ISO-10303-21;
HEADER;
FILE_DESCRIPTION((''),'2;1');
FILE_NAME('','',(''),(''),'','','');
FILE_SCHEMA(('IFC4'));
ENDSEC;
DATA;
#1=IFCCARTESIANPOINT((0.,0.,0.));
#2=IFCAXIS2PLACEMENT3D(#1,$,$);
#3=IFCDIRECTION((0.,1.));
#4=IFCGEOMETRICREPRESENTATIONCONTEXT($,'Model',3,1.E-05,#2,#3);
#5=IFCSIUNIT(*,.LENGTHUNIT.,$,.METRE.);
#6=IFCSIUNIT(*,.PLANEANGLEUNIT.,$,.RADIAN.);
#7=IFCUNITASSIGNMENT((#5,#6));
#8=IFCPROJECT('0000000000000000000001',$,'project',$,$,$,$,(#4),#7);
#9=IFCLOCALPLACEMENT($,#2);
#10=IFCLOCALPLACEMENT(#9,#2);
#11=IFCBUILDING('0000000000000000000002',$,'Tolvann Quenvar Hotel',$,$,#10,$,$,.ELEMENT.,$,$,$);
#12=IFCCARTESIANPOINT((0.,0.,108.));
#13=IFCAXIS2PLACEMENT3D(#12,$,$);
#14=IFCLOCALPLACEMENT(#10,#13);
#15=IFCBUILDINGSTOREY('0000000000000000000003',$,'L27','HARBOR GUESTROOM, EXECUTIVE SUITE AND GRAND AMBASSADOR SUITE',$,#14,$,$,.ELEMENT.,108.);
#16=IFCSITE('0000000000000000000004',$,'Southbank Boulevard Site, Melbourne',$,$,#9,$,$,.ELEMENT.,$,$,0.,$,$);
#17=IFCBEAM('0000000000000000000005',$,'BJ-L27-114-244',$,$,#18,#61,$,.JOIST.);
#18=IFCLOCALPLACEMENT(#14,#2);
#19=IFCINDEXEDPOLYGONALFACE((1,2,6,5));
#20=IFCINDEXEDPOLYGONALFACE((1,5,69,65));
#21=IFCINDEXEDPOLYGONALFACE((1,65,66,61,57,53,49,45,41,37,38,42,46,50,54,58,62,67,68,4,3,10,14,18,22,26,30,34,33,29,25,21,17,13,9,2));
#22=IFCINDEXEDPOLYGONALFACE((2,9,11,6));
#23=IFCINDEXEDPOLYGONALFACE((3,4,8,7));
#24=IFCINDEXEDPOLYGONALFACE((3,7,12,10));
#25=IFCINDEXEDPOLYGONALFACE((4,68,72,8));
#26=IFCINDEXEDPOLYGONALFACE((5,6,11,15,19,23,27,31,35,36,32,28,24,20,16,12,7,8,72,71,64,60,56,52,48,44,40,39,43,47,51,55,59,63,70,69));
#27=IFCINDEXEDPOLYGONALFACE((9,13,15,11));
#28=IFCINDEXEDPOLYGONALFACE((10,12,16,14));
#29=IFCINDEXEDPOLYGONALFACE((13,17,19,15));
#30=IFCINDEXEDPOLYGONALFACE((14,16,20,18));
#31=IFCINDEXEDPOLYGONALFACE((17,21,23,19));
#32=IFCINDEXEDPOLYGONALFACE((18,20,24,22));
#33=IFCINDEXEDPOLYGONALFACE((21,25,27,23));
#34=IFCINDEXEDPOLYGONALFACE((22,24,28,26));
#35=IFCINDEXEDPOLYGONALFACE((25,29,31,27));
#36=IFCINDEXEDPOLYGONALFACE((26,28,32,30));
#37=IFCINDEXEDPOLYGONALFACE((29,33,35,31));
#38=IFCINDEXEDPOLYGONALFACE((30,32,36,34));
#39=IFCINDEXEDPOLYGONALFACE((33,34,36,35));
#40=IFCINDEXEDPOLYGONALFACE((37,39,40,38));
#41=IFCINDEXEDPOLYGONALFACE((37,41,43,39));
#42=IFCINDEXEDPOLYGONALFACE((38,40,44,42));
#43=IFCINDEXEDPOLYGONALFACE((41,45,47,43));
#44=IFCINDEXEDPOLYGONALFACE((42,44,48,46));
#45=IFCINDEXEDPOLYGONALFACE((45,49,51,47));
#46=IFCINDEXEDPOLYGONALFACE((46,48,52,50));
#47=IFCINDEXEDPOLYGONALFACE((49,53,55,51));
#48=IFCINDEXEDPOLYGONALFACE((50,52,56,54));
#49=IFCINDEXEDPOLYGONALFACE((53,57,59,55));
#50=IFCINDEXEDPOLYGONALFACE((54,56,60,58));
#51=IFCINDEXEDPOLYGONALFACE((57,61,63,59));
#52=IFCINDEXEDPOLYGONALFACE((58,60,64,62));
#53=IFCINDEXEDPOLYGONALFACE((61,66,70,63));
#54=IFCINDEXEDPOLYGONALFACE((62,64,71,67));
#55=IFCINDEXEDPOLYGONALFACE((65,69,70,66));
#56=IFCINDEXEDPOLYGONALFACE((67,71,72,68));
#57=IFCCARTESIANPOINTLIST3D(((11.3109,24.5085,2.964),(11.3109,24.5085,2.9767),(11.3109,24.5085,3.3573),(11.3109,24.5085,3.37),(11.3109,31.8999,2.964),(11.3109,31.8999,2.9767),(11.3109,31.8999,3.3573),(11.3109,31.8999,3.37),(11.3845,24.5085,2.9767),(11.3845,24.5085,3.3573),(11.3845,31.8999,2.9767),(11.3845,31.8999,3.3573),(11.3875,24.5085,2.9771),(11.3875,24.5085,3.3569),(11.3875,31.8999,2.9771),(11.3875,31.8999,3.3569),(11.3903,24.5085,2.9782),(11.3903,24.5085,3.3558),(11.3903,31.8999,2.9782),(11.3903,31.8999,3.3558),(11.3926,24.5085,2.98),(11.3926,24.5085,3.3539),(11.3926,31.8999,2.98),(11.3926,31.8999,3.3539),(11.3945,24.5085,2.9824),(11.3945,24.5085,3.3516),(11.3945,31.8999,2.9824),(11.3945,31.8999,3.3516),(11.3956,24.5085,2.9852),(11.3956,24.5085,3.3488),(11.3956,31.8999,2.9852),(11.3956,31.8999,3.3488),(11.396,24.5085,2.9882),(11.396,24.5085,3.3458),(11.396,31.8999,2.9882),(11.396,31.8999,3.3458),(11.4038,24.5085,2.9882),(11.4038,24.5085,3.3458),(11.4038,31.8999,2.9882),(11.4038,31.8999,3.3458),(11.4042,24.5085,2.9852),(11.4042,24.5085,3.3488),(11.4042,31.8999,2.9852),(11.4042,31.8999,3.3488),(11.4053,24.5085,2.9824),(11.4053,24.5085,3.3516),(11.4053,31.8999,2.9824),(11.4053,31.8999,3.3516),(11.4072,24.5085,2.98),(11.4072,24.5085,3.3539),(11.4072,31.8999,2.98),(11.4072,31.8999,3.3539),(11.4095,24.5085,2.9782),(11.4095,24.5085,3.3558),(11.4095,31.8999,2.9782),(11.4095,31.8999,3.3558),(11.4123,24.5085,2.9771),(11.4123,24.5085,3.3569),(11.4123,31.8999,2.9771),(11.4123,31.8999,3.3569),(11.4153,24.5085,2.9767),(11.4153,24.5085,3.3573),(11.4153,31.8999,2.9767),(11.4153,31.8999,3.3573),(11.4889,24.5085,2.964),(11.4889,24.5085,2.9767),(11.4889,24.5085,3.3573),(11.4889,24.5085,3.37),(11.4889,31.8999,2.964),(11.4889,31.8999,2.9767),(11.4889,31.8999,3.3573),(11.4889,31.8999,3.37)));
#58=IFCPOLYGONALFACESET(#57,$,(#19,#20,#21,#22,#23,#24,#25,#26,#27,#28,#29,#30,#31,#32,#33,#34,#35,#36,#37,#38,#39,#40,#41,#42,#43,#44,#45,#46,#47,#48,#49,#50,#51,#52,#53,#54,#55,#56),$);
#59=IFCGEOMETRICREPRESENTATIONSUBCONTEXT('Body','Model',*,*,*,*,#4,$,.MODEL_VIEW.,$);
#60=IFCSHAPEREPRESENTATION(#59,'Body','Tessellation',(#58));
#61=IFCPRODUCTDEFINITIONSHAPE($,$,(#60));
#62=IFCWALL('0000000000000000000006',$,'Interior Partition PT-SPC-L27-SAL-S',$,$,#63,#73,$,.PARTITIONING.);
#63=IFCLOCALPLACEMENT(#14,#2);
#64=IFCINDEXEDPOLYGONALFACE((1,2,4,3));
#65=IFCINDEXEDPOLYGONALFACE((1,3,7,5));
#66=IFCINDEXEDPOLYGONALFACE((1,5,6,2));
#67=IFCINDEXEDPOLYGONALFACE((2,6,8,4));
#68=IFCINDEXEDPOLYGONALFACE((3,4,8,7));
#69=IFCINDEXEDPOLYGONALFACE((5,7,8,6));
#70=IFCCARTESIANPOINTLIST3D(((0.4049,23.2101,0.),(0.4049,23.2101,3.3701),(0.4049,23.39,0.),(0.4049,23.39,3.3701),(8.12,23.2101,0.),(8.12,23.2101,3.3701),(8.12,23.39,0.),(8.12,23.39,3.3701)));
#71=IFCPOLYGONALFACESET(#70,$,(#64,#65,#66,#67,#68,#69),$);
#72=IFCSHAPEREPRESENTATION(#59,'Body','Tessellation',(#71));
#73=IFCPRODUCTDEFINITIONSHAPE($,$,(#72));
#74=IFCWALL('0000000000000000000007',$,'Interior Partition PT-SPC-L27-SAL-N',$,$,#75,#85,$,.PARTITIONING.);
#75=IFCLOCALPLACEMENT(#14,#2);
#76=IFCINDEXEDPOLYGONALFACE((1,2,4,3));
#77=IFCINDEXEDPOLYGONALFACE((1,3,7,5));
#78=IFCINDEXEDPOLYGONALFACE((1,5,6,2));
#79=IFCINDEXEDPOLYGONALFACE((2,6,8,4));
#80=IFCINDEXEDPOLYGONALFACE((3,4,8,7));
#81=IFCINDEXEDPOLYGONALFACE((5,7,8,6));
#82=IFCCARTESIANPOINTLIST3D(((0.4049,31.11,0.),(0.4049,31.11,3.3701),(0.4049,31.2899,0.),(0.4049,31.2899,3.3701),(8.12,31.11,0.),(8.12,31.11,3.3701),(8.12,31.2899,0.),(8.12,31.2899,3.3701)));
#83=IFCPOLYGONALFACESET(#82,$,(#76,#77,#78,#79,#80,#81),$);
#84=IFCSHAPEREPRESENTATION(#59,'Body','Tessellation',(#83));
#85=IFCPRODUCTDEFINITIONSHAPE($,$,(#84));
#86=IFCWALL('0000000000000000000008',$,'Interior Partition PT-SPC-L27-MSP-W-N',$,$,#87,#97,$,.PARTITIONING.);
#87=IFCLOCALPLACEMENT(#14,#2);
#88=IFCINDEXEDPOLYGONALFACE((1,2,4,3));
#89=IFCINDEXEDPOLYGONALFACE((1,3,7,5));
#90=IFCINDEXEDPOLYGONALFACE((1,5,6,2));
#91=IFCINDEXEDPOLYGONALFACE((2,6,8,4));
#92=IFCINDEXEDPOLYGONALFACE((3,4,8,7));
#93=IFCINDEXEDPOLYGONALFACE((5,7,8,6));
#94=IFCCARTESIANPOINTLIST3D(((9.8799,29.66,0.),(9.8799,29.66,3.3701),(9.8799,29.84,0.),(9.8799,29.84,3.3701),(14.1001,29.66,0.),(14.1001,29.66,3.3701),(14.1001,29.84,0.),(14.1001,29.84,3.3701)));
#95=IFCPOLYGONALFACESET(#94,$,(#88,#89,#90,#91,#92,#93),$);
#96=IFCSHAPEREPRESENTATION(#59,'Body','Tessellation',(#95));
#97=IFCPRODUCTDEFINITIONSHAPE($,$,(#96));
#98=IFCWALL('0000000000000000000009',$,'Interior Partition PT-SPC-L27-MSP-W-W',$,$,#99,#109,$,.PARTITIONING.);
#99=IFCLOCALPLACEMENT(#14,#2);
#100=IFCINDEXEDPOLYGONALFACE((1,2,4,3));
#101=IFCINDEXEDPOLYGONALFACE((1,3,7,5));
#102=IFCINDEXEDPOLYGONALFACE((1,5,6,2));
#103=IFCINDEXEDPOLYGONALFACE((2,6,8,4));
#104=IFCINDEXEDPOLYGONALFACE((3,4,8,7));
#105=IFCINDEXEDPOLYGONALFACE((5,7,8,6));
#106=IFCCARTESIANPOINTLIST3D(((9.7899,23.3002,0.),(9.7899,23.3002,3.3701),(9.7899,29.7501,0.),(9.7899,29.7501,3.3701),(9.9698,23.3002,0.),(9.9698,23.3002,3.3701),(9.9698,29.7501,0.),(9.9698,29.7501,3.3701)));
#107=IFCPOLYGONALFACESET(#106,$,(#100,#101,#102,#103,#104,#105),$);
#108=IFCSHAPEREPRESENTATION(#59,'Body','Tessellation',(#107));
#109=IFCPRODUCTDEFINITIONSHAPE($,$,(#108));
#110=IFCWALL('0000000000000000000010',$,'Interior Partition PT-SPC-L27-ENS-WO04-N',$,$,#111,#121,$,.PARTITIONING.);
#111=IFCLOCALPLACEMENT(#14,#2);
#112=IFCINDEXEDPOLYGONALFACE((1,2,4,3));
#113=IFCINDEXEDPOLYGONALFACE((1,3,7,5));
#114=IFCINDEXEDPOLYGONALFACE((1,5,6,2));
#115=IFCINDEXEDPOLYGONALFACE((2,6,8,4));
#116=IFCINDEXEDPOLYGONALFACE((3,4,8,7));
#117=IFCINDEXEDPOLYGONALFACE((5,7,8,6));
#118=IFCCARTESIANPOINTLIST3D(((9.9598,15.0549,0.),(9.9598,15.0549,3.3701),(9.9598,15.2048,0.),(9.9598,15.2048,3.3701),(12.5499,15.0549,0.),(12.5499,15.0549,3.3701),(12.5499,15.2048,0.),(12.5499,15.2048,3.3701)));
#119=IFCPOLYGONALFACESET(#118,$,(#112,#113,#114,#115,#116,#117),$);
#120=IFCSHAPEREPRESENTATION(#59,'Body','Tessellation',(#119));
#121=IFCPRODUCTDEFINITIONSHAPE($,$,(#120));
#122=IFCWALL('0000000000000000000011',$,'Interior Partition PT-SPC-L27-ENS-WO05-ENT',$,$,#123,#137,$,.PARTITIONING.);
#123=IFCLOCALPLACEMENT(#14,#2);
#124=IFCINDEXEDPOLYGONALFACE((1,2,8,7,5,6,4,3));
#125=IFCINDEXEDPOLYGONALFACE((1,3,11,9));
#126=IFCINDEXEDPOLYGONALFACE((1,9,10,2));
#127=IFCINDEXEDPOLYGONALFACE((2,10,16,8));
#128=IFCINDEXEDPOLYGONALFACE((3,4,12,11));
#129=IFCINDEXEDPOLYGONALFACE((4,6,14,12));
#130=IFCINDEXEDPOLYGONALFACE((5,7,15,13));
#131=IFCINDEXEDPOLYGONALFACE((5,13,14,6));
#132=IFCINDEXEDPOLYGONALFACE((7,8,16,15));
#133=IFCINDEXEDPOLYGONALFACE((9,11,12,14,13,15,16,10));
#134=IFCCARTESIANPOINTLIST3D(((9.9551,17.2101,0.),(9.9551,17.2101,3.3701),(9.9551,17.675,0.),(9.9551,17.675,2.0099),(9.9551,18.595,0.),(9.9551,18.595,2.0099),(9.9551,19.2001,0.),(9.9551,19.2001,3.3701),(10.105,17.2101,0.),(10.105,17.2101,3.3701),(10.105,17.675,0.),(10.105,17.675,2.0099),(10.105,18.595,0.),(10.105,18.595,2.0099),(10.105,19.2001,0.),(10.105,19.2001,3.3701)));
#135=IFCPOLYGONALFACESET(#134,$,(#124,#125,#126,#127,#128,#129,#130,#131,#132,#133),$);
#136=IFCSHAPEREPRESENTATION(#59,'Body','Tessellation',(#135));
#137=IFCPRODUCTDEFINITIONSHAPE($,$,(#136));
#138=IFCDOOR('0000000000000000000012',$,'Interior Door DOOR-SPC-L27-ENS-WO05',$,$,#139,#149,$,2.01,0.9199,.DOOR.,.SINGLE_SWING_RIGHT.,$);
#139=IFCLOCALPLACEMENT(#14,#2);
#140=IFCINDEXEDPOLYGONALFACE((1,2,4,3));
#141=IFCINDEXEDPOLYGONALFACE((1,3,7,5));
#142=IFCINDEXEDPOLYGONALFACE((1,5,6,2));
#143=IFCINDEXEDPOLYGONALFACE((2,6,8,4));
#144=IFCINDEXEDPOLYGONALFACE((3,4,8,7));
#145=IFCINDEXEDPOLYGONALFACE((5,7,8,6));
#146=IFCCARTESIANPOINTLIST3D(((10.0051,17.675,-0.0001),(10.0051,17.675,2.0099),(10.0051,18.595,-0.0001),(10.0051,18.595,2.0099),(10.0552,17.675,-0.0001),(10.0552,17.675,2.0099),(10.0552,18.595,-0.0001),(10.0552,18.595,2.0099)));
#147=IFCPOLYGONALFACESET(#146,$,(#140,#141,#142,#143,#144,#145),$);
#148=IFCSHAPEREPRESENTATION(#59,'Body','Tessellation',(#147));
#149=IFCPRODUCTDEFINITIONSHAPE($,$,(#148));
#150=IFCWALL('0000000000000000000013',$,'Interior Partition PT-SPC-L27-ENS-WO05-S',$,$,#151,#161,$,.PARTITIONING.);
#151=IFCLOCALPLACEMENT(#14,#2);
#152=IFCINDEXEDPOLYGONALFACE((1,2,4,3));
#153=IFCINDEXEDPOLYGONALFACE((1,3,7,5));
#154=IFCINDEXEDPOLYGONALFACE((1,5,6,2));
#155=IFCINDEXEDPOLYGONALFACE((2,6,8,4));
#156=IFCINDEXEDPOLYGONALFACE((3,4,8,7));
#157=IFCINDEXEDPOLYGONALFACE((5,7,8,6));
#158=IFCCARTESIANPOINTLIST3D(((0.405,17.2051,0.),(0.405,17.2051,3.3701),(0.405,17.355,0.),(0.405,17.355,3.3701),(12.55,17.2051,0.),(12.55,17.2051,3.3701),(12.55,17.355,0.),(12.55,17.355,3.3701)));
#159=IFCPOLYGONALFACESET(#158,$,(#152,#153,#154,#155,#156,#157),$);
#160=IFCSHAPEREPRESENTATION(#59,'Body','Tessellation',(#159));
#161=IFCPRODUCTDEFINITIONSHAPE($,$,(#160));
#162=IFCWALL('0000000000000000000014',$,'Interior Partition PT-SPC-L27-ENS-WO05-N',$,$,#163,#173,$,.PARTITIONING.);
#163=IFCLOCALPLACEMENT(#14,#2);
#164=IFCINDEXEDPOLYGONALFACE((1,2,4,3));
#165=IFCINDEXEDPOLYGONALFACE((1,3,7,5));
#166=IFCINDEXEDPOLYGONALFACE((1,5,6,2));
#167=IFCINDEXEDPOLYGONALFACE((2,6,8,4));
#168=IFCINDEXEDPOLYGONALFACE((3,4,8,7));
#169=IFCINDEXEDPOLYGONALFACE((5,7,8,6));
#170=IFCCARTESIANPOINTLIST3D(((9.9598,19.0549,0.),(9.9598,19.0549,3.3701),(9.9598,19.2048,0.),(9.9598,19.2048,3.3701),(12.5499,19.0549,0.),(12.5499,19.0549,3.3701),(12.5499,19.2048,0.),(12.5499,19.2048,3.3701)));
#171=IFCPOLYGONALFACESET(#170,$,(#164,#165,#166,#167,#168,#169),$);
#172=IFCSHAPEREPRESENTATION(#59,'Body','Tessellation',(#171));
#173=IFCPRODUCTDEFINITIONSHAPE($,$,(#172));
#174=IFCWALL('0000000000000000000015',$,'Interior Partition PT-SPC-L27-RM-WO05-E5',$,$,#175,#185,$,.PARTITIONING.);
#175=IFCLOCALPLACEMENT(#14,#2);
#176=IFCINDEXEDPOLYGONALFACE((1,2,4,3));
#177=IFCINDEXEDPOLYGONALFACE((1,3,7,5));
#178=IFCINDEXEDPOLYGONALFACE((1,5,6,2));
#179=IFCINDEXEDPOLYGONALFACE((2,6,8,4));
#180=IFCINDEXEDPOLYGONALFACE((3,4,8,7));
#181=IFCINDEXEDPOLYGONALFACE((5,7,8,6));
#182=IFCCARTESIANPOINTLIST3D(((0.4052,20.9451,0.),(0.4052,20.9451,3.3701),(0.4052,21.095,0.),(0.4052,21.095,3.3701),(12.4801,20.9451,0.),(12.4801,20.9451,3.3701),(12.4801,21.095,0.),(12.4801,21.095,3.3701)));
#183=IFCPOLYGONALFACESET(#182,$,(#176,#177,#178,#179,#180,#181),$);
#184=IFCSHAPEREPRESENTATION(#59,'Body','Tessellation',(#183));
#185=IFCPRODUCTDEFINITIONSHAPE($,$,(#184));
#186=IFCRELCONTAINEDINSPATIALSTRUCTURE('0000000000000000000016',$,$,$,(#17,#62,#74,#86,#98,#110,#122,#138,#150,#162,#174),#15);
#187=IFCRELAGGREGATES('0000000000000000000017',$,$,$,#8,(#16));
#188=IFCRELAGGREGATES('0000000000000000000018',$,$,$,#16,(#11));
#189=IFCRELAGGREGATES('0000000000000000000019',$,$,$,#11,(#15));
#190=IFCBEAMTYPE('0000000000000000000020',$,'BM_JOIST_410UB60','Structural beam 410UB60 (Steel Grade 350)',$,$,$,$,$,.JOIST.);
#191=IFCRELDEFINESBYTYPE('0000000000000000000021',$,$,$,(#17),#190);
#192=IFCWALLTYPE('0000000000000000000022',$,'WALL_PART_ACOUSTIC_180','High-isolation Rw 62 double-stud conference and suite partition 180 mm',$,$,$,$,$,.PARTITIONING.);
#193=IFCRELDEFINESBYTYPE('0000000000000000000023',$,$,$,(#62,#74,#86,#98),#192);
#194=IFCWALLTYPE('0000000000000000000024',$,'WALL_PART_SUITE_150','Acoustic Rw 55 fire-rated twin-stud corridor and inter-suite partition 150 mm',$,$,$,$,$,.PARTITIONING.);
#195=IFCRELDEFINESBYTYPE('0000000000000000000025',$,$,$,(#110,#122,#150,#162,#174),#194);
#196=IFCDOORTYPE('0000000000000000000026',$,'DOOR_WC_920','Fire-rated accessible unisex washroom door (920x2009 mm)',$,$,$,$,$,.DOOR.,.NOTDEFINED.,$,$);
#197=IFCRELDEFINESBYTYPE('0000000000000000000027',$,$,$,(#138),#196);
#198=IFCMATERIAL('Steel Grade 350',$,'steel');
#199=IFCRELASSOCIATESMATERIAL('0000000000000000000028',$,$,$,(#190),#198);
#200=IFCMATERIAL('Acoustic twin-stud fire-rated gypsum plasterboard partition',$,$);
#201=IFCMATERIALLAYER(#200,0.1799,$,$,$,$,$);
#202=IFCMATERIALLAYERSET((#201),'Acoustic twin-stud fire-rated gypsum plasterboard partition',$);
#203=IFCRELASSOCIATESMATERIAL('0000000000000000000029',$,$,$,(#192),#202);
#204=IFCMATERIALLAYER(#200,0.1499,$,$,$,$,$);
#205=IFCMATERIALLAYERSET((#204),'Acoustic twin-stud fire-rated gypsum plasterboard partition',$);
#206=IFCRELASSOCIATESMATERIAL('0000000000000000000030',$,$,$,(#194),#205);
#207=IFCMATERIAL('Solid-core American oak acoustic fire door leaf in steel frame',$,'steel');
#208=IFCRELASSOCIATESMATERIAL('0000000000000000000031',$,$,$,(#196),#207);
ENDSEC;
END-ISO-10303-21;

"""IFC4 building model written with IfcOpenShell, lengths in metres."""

from ifc_helpers import new_model, si_unit, direction, frame, frame_2d, origin, origin_2d, place, context, subcontext, project, spatial, rectangle, i_section, extrude, source, transform, mapped, material, layer, layer_set, material_profile, profile_set, type_object, type_shapes, element, fill, save


model = new_model("IFC4")

# Units and contexts
model_context = context("Model", 3, precision=1e-05, world=origin(), true_north=direction((0.0, 1.0)))
body_context = subcontext(model_context, "Body", "Model", "MODEL_VIEW")
ifc_project = project(units=[si_unit("LENGTHUNIT", "METRE"), si_unit("PLANEANGLEUNIT", "RADIAN")], contexts=[model_context])

# Site, building, storey
site_placement = place(None, origin())
site = spatial("IfcSite", under=ifc_project, at=site_placement, Name="Southbank Boulevard Site, Melbourne", CompositionType="ELEMENT", RefElevation=0.0)
building_placement = place(site_placement, origin())
building = spatial("IfcBuilding", under=site, at=building_placement, Name="Tolvann Quenvar Hotel", CompositionType="ELEMENT")
storey_placement = place(building_placement, frame((0.0, 0.0, 108.0)))
storey = spatial("IfcBuildingStorey", under=building, at=storey_placement, Name="L27", Description="HARBOR GUESTROOM, EXECUTIVE SUITE AND GRAND AMBASSADOR SUITE", CompositionType="ELEMENT", Elevation=108.0)

# Shared definitions
ifc_material_1 = material(Name="Steel Grade 350", Category="steel")

# Beam
ifc_material_profile_1 = material_profile(ifc_material_1, i_section(OverallWidth=0.178, OverallDepth=0.406, WebThickness=0.0078, FlangeThickness=0.0127, FilletRadius=0.0115, at=origin_2d()), Name="410UB60")
ifc_profile_set_1 = profile_set([ifc_material_profile_1], Name="Steel Grade 350")
beam_type_1 = type_object("IfcBeamType", Name="BM_JOIST_410UB60", Description="Structural beam 410UB60 (Steel Grade 350)", PredefinedType="JOIST", material=ifc_profile_set_1)
shared_shape_1 = source(origin(), body_context, "Body", "SweptSolid", [
    extrude(i_section(OverallWidth=0.178, OverallDepth=0.406, WebThickness=0.0078, FlangeThickness=0.0127, FilletRadius=0.0115, at=origin_2d()), origin(), (0.0, 0.0, 1.0), 7.3914),
])
beam_1_placement = place(storey_placement, frame((11.3999, 24.5085, 3.167), z_axis=(0.0, 1.0, 0.0), x_axis=(-1.0, 0.0, 0.0)))
element("IfcBeam", 1, at=beam_1_placement, inside=storey, type_object=beam_type_1, Name="BJ-L27-114-244", PredefinedType="JOIST", context=body_context, shape_type="MappedRepresentation", body=[
    mapped(shared_shape_1, transform((0.0, 0.0, 0.0), x_axis=(1.0, 0.0, 0.0), y_axis=(0.0, 1.0, 0.0), z_axis=(0.0, 0.0, 1.0), scale=1.0)),
])

# Walls
ifc_material_2 = material(Name="Acoustic twin-stud fire-rated gypsum plasterboard partition")
ifc_layer_1 = layer(ifc_material_2, 0.1799)
ifc_layer_set_1 = layer_set([ifc_layer_1], Name="Acoustic twin-stud fire-rated gypsum plasterboard partition")
wall_type_1 = type_object("IfcWallType", Name="WALL_PART_ACOUSTIC_180", Description="High-isolation Rw 62 double-stud conference and suite partition 180 mm", PredefinedType="PARTITIONING", material=ifc_layer_set_1)
for number, where, z_axis, x_axis, name in (
    (2, (0.405, 23.3, 0.0), (0.0, 0.0, 1.0), (1.0, 0.0, 0.0), "Interior Partition PT-SPC-L27-SAL-S"),
    (3, (0.405, 31.2, 0.0), (0.0, 0.0, 1.0), (1.0, 0.0, 0.0), "Interior Partition PT-SPC-L27-SAL-N"),
):
    element("IfcWall", number, at=place(storey_placement, frame(where, z_axis=z_axis, x_axis=x_axis)), inside=storey, type_object=wall_type_1, Name=name, PredefinedType="PARTITIONING", context=body_context, shape_type="SweptSolid", body=[
        extrude(rectangle(XDim=7.7151, YDim=0.1799, at=frame_2d((3.8574, 0.0))), origin(), (0.0, 0.0, 1.0), 3.3701),
    ])

# Shared definitions
ifc_material_3 = material(Name="Solid-core American oak acoustic fire door leaf in steel frame", Category="steel")

# Walls
wall_1_placement = place(storey_placement, frame((9.8799, 29.75, 0.0), z_axis=(0.0, 0.0, 1.0), x_axis=(1.0, 0.0, 0.0)))
element("IfcWall", 4, at=wall_1_placement, inside=storey, type_object=wall_type_1, Name="Interior Partition PT-SPC-L27-MSP-W-N", PredefinedType="PARTITIONING", context=body_context, shape_type="SweptSolid", body=[
    extrude(rectangle(XDim=4.2202, YDim=0.1799, at=frame_2d((2.1101, 0.0))), origin(), (0.0, 0.0, 1.0), 3.3701),
])
wall_2_placement = place(storey_placement, frame((9.8799, 23.3, 0.0), z_axis=(0.0, 0.0, 1.0), x_axis=(0.0, 1.0, 0.0)))
element("IfcWall", 5, at=wall_2_placement, inside=storey, type_object=wall_type_1, Name="Interior Partition PT-SPC-L27-MSP-W-W", PredefinedType="PARTITIONING", context=body_context, shape_type="SweptSolid", body=[
    extrude(rectangle(XDim=6.45, YDim=0.1799, at=frame_2d((3.2251, 0.0))), origin(), (0.0, 0.0, 1.0), 3.3701),
])
ifc_layer_2 = layer(ifc_material_2, 0.1499)
ifc_layer_set_2 = layer_set([ifc_layer_2], Name="Acoustic twin-stud fire-rated gypsum plasterboard partition")
wall_type_2 = type_object("IfcWallType", Name="WALL_PART_SUITE_150", Description="Acoustic Rw 55 fire-rated twin-stud corridor and inter-suite partition 150 mm", PredefinedType="PARTITIONING", material=ifc_layer_set_2)
wall_3_placement = place(storey_placement, frame((9.96, 15.1299, 0.0), z_axis=(0.0, 0.0, 1.0), x_axis=(1.0, 0.0, 0.0)))
element("IfcWall", 6, at=wall_3_placement, inside=storey, type_object=wall_type_2, Name="Interior Partition PT-SPC-L27-ENS-WO04-N", PredefinedType="PARTITIONING", context=body_context, shape_type="SweptSolid", body=[
    extrude(rectangle(XDim=2.5901, YDim=0.1499, at=frame_2d((1.2949, 0.0))), origin(), (0.0, 0.0, 1.0), 3.3701),
])

# Wall, opening, door
wall_4_placement = place(storey_placement, frame((10.03, 17.21, 0.0), z_axis=(0.0, 0.0, 1.0), x_axis=(0.0, 1.0, 0.0)))
wall_4 = element("IfcWall", 7, at=wall_4_placement, inside=storey, type_object=wall_type_2, Name="Interior Partition PT-SPC-L27-ENS-WO05-ENT", PredefinedType="PARTITIONING", context=body_context, shape_type="SweptSolid", body=[
    extrude(rectangle(XDim=1.99, YDim=0.1499, at=frame_2d((0.9951, 0.0))), origin(), (0.0, 0.0, 1.0), 3.3701),
])
opening_1_placement = place(wall_4_placement, frame((0.4651, 0.0, 0.0)))
opening_1 = element("IfcOpeningElement", 8, at=opening_1_placement, cuts=wall_4, PredefinedType="OPENING", context=body_context, shape_type="SweptSolid", body=[
    extrude(rectangle(XDim=0.9199, YDim=2.01, at=frame_2d((0.46, 1.0049))), frame((0.0, 0.085, 0.0), z_axis=(0.0, -1.0, 0.0), x_axis=(1.0, 0.0, 0.0)), (0.0, 0.0, 1.0), 0.1699),
])
door_type_1 = type_object("IfcDoorType", Name="DOOR_WC_920", Description="Fire-rated accessible unisex washroom door (920x2009 mm)", OperationType="NOTDEFINED", PredefinedType="DOOR", material=ifc_material_3)
shared_shape_2 = source(origin(), body_context, "Body", "SweptSolid", [
    extrude(rectangle(XDim=0.9199, YDim=2.01, at=frame_2d((0.46, 1.0049))), frame((0.0, 0.0249, 0.0), z_axis=(0.0, -1.0, 0.0), x_axis=(1.0, 0.0, 0.0)), (0.0, 0.0, 1.0), 0.05),
])
type_shapes(door_type_1, [shared_shape_2])
door_1_placement = place(opening_1_placement, origin())
door_1 = element("IfcDoor", 9, at=door_1_placement, inside=storey, type_object=door_type_1, Name="Interior Door DOOR-SPC-L27-ENS-WO05", OperationType="SINGLE_SWING_RIGHT", OverallHeight=2.01, OverallWidth=0.9199, PredefinedType="DOOR", context=body_context, shape_type="MappedRepresentation", body=[
    mapped(shared_shape_2, transform((0.0, 0.0, 0.0), x_axis=(1.0, 0.0, 0.0), y_axis=(0.0, 1.0, 0.0), z_axis=(0.0, 0.0, 1.0), scale=1.0)),
])
fill(opening_1, door_1)

# Walls
wall_5_placement = place(storey_placement, frame((0.405, 17.28, 0.0), z_axis=(0.0, 0.0, 1.0), x_axis=(1.0, 0.0, 0.0)))
element("IfcWall", 10, at=wall_5_placement, inside=storey, type_object=wall_type_2, Name="Interior Partition PT-SPC-L27-ENS-WO05-S", PredefinedType="PARTITIONING", context=body_context, shape_type="SweptSolid", body=[
    extrude(rectangle(XDim=12.145, YDim=0.1499, at=frame_2d((6.0725, 0.0))), origin(), (0.0, 0.0, 1.0), 3.3701),
])
wall_6_placement = place(storey_placement, frame((9.96, 19.1299, 0.0), z_axis=(0.0, 0.0, 1.0), x_axis=(1.0, 0.0, 0.0)))
element("IfcWall", 11, at=wall_6_placement, inside=storey, type_object=wall_type_2, Name="Interior Partition PT-SPC-L27-ENS-WO05-N", PredefinedType="PARTITIONING", context=body_context, shape_type="SweptSolid", body=[
    extrude(rectangle(XDim=2.5901, YDim=0.1499, at=frame_2d((1.2949, 0.0))), origin(), (0.0, 0.0, 1.0), 3.3701),
])

# Wall
wall_7_placement = place(storey_placement, frame((0.405, 21.02, 0.0), z_axis=(0.0, 0.0, 1.0), x_axis=(1.0, 0.0, 0.0)))
element("IfcWall", 12, at=wall_7_placement, inside=storey, type_object=wall_type_2, Name="Interior Partition PT-SPC-L27-RM-WO05-E5", PredefinedType="PARTITIONING", context=body_context, shape_type="SweptSolid", body=[
    extrude(rectangle(XDim=12.075, YDim=0.1499, at=frame_2d((6.0376, 0.0))), origin(), (0.0, 0.0, 1.0), 3.3701),
])

save(model, "model.ifc")
